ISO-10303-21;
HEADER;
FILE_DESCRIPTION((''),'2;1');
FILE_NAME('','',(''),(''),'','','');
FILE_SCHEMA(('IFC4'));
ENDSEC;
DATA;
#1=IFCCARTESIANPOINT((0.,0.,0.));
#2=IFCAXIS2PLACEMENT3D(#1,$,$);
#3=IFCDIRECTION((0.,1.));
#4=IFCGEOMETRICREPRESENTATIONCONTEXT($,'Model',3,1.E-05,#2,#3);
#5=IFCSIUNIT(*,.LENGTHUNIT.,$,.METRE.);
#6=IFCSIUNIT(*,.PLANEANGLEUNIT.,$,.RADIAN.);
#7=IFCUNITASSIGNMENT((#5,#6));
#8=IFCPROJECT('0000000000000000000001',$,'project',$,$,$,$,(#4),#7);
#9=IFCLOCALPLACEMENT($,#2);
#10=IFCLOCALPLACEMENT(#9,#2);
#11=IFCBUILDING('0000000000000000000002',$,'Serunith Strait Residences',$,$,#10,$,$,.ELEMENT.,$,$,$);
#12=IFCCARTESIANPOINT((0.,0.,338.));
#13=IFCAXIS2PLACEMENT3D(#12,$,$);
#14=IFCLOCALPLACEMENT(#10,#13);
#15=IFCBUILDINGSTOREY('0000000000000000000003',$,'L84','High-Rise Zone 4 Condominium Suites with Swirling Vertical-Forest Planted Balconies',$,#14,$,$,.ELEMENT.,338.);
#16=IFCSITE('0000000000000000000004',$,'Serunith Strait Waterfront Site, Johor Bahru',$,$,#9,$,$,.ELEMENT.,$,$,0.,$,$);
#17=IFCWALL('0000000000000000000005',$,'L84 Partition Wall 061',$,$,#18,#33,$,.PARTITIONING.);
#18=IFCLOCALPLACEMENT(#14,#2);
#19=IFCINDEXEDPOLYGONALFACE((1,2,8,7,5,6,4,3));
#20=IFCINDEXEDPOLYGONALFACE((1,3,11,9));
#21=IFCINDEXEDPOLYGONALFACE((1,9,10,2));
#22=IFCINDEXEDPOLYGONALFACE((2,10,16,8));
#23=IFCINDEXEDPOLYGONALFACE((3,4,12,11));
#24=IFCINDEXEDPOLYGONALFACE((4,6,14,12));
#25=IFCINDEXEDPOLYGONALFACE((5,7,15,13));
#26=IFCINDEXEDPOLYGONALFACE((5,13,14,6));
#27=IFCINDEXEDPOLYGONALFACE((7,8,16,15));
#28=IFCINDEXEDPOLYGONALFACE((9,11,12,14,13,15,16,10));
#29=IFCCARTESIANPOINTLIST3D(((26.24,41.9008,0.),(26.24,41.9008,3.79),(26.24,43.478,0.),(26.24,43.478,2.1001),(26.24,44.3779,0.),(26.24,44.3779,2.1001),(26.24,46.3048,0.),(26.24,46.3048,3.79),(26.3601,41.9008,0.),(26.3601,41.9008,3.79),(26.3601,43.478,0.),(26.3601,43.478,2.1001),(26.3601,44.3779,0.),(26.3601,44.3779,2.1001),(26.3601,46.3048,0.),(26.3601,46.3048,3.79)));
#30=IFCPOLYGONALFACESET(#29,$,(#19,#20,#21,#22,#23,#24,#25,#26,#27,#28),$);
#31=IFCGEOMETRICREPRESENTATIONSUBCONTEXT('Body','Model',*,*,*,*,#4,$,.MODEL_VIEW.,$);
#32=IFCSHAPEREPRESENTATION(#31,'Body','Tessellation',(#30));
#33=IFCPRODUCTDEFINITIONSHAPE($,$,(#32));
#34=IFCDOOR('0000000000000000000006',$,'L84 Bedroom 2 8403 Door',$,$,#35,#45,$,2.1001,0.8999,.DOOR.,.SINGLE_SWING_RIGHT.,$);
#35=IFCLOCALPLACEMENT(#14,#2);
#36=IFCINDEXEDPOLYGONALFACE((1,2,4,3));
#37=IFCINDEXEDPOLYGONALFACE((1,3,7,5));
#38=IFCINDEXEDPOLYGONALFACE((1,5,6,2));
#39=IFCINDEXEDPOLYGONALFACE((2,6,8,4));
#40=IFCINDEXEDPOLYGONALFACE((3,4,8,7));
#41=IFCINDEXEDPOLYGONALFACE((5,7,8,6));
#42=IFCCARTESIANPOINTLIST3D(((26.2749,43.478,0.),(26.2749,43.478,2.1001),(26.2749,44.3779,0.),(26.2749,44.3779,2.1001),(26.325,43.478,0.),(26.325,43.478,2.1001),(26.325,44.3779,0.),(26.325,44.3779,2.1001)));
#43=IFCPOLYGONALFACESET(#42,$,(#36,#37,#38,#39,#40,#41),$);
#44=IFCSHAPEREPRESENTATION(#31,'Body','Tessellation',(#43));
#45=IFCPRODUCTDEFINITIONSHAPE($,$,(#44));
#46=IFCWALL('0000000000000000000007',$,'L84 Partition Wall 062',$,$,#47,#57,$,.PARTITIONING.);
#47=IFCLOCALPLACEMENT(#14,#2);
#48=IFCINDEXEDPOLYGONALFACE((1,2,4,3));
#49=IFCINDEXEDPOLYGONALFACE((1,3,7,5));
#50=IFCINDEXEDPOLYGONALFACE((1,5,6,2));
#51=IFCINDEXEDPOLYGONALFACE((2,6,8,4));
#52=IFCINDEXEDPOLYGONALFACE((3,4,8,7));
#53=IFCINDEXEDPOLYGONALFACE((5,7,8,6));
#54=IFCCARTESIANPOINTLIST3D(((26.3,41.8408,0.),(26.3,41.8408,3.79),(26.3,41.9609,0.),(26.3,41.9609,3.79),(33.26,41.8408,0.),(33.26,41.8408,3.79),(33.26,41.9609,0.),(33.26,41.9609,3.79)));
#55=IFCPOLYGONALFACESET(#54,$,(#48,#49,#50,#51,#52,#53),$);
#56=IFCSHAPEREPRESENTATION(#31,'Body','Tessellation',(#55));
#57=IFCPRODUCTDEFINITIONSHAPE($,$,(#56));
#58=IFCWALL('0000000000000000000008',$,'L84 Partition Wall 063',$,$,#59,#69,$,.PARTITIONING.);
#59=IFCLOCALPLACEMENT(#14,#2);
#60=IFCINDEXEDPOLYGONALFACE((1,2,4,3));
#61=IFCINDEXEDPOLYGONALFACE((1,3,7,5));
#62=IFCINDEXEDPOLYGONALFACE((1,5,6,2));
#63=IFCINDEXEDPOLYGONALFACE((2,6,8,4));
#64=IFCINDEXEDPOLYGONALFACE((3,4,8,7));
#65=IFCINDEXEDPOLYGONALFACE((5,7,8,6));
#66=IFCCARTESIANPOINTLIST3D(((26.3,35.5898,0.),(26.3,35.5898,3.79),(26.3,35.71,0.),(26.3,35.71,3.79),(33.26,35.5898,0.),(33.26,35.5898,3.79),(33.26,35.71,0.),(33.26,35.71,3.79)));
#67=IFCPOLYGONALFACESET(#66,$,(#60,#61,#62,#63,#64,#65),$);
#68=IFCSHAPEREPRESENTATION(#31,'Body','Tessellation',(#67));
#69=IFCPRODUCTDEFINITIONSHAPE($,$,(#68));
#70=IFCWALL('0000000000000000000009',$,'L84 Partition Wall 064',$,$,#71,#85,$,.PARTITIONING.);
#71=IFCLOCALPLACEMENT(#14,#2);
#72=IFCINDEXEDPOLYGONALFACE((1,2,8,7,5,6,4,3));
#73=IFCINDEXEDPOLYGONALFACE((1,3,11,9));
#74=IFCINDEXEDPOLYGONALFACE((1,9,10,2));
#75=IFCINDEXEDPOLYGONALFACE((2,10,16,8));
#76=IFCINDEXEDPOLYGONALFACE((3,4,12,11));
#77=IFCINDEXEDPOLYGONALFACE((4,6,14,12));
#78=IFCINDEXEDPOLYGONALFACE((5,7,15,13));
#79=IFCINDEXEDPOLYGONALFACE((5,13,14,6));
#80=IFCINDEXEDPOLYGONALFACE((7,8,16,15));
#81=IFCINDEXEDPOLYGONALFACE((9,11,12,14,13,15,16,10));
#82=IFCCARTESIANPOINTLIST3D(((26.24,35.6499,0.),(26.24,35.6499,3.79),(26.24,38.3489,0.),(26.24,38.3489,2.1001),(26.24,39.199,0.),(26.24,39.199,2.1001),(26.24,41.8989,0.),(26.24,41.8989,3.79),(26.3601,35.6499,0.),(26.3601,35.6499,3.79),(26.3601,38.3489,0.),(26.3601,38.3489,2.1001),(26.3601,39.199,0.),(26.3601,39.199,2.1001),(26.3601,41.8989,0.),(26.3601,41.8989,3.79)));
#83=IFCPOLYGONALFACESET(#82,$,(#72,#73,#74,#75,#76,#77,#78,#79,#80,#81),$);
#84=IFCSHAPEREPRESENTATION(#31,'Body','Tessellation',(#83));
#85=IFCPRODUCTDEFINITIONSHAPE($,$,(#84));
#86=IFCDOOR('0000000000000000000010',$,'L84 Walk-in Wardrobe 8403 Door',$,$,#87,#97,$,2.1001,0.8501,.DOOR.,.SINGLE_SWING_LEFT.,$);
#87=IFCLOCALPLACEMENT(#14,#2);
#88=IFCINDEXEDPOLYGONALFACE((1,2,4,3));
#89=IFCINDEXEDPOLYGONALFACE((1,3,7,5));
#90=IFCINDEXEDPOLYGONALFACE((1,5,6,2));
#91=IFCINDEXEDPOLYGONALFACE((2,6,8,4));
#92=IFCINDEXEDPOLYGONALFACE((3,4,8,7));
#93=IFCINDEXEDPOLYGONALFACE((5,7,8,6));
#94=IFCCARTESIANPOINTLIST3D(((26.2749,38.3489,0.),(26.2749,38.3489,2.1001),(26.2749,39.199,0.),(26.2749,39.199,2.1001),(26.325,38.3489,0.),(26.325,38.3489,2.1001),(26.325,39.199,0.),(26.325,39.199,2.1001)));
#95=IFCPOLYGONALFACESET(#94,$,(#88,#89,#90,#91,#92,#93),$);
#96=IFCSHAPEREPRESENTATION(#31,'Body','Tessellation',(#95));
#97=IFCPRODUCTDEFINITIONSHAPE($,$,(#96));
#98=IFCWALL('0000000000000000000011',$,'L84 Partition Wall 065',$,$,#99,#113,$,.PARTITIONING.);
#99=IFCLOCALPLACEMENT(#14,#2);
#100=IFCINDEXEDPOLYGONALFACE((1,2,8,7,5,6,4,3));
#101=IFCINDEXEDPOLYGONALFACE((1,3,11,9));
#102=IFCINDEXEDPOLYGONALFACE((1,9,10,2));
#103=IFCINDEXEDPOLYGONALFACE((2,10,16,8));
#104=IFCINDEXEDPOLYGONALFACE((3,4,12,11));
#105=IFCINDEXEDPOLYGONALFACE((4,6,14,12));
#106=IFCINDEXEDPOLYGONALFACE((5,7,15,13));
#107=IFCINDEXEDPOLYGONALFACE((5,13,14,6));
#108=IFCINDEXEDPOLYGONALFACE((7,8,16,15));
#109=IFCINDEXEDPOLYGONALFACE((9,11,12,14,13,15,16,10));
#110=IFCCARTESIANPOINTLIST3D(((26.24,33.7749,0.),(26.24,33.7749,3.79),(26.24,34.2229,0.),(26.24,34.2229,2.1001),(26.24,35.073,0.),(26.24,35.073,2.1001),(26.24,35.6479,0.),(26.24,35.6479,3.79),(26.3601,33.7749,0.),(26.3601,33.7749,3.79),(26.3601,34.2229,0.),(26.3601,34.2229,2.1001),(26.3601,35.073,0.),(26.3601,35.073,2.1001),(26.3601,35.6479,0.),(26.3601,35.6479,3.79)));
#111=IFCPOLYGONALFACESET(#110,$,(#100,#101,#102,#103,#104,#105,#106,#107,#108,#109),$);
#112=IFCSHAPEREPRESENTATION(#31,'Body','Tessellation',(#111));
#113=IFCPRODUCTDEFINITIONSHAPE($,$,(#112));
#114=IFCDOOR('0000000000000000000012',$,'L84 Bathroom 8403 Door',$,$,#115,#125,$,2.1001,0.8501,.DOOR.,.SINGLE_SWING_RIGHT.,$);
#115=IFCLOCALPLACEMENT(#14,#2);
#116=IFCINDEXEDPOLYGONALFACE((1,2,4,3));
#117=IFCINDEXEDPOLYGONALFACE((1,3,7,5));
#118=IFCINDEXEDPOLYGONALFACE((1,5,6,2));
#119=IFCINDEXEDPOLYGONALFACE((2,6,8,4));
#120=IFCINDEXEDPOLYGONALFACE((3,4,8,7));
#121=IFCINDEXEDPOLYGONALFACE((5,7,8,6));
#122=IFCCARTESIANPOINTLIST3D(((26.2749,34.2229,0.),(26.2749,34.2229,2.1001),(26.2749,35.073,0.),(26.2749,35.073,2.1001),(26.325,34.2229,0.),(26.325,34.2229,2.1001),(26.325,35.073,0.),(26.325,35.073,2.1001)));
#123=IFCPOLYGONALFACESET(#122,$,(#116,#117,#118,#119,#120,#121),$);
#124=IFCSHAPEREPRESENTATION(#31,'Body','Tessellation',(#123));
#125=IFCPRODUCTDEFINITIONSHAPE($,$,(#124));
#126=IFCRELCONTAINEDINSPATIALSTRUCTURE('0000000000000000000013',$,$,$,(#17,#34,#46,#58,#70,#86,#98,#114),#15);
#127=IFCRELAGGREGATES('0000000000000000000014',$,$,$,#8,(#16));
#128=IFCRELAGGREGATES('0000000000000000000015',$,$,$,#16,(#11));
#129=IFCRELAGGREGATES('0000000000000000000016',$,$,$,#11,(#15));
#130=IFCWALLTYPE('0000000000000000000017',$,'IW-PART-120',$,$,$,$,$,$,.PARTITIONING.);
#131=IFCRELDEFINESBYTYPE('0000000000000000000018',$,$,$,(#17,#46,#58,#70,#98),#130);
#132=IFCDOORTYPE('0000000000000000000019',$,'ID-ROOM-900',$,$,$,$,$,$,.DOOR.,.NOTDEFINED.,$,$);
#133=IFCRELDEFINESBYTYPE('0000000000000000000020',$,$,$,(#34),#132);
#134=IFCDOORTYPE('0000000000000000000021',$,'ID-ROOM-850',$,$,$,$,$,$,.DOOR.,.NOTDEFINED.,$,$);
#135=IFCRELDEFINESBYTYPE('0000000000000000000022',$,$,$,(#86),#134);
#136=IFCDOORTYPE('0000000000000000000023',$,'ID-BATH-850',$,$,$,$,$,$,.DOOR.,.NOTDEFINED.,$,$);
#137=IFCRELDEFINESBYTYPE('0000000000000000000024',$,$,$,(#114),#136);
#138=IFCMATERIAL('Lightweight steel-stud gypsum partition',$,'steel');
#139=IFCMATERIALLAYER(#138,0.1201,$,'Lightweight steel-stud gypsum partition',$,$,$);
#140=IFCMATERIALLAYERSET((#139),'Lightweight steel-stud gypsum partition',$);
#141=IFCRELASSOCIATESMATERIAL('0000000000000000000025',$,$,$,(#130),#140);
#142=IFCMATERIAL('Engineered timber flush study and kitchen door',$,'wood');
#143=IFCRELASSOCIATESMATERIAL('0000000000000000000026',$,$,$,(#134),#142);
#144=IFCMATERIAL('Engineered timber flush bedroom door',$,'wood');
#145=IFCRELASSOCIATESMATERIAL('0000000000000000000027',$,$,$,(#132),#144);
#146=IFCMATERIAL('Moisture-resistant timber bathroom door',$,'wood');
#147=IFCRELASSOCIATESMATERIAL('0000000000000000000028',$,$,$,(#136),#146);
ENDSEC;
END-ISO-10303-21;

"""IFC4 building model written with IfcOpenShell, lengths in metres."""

from ifc_helpers import new_model, si_unit, direction, frame, frame_2d, origin, place, context, subcontext, project, spatial, rectangle, extrude, source, transform, mapped, material, layer, layer_set, type_object, element, fill, save


model = new_model("IFC4")

# Units and contexts
model_context = context("Model", 3, precision=1e-05, world=origin(), true_north=direction((0.0, 1.0)))
body_context = subcontext(model_context, "Body", "Model", "MODEL_VIEW")
ifc_project = project(units=[si_unit("LENGTHUNIT", "METRE"), si_unit("PLANEANGLEUNIT", "RADIAN")], contexts=[model_context])

# Site, building, storey
site_placement = place(None, origin())
site = spatial("IfcSite", under=ifc_project, at=site_placement, Name="Serunith Strait Waterfront Site, Johor Bahru", CompositionType="ELEMENT", RefElevation=0.0)
building_placement = place(site_placement, origin())
building = spatial("IfcBuilding", under=site, at=building_placement, Name="Serunith Strait Residences", CompositionType="ELEMENT")
storey_placement = place(building_placement, frame((0.0, 0.0, 338.0)))
storey = spatial("IfcBuildingStorey", under=building, at=storey_placement, Name="L84", Description="High-Rise Zone 4 Condominium Suites with Swirling Vertical-Forest Planted Balconies", CompositionType="ELEMENT", Elevation=338.0)

# Shared definitions
ifc_material_1 = material(Name="Lightweight steel-stud gypsum partition", Category="steel")
ifc_layer_1 = layer(ifc_material_1, 0.1201, Name="Lightweight steel-stud gypsum partition")
ifc_layer_set_1 = layer_set([ifc_layer_1], Name="Lightweight steel-stud gypsum partition")
wall_type = type_object("IfcWallType", Name="IW-PART-120", PredefinedType="PARTITIONING", material=ifc_layer_set_1)
ifc_material_2 = material(Name="Engineered timber flush study and kitchen door", Category="wood")
door_type_1 = type_object("IfcDoorType", Name="ID-ROOM-850", OperationType="NOTDEFINED", PredefinedType="DOOR", material=ifc_material_2)
shared_shape_1 = source(origin(), body_context, "Body", "SweptSolid", [
    extrude(rectangle(XDim=0.8501, YDim=2.1001, at=frame_2d((0.425, 1.05))), frame((0.0, 0.0249, 0.0), z_axis=(0.0, -1.0, 0.0), x_axis=(1.0, 0.0, 0.0)), (0.0, 0.0, 1.0), 0.05),
])

# Wall, opening, door
ifc_material_3 = material(Name="Engineered timber flush bedroom door", Category="wood")
door_type_2 = type_object("IfcDoorType", Name="ID-ROOM-900", OperationType="NOTDEFINED", PredefinedType="DOOR", material=ifc_material_3)
shared_shape_2 = source(origin(), body_context, "Body", "SweptSolid", [
    extrude(rectangle(XDim=0.8999, YDim=2.1001, at=frame_2d((0.45, 1.05))), frame((0.0, 0.0249, 0.0), z_axis=(0.0, -1.0, 0.0), x_axis=(1.0, 0.0, 0.0)), (0.0, 0.0, 1.0), 0.05),
])
wall_1_placement = place(storey_placement, frame((26.3, 46.3049, 0.0), z_axis=(0.0, 0.0, 1.0), x_axis=(0.0, -1.0, 0.0)))
wall_1 = element("IfcWall", 1, at=wall_1_placement, inside=storey, type_object=wall_type, Name="L84 Partition Wall 061", PredefinedType="PARTITIONING", context=body_context, shape_type="SweptSolid", body=[
    extrude(rectangle(XDim=4.4041, YDim=0.1201, at=frame_2d((2.2021, 0.0))), origin(), (0.0, 0.0, 1.0), 3.79),
])
opening_1_placement = place(wall_1_placement, frame((1.927, 0.0, 0.0)))
opening_1 = element("IfcOpeningElement", 2, at=opening_1_placement, cuts=wall_1, PredefinedType="OPENING", context=body_context, shape_type="SweptSolid", body=[
    extrude(rectangle(XDim=0.8999, YDim=2.1001, at=frame_2d((0.45, 1.05))), frame((0.0, 0.0701, 0.0), z_axis=(0.0, -1.0, 0.0), x_axis=(1.0, 0.0, 0.0)), (0.0, 0.0, 1.0), 0.1401),
])
door_1_placement = place(opening_1_placement, origin())
door_1 = element("IfcDoor", 3, at=door_1_placement, inside=storey, type_object=door_type_2, Name="L84 Bedroom 2 8403 Door", OperationType="SINGLE_SWING_RIGHT", OverallHeight=2.1001, OverallWidth=0.8999, PredefinedType="DOOR", context=body_context, shape_type="MappedRepresentation", body=[
    mapped(shared_shape_2, transform((0.0, 0.0, 0.0), scale=1.0)),
])
fill(opening_1, door_1)

# Walls
for number, where, z_axis, x_axis, name in (
    (4, (26.3, 41.9009, 0.0), (0.0, 0.0, 1.0), (1.0, 0.0, 0.0), "L84 Partition Wall 062"),
    (5, (26.3, 35.6499, 0.0), (0.0, 0.0, 1.0), (1.0, 0.0, 0.0), "L84 Partition Wall 063"),
):
    element("IfcWall", number, at=place(storey_placement, frame(where, z_axis=z_axis, x_axis=x_axis)), inside=storey, type_object=wall_type, Name=name, PredefinedType="PARTITIONING", context=body_context, shape_type="SweptSolid", body=[
        extrude(rectangle(XDim=6.96, YDim=0.1201, at=frame_2d((3.48, 0.0))), origin(), (0.0, 0.0, 1.0), 3.79),
    ])

# Walls, openings, doors
wall_2_placement = place(storey_placement, frame((26.3, 41.8989, 0.0), z_axis=(0.0, 0.0, 1.0), x_axis=(0.0, -1.0, 0.0)))
wall_2 = element("IfcWall", 6, at=wall_2_placement, inside=storey, type_object=wall_type, Name="L84 Partition Wall 064", PredefinedType="PARTITIONING", context=body_context, shape_type="SweptSolid", body=[
    extrude(rectangle(XDim=6.249, YDim=0.1201, at=frame_2d((3.1245, 0.0))), origin(), (0.0, 0.0, 1.0), 3.79),
])
opening_2_placement = place(wall_2_placement, frame((2.7, 0.0, 0.0)))
opening_2 = element("IfcOpeningElement", 7, at=opening_2_placement, cuts=wall_2, PredefinedType="OPENING", context=body_context, shape_type="SweptSolid", body=[
    extrude(rectangle(XDim=0.8501, YDim=2.1001, at=frame_2d((0.425, 1.05))), frame((0.0, 0.0701, 0.0), z_axis=(0.0, -1.0, 0.0), x_axis=(1.0, 0.0, 0.0)), (0.0, 0.0, 1.0), 0.1401),
])
door_2_placement = place(opening_2_placement, origin())
door_2 = element("IfcDoor", 8, at=door_2_placement, inside=storey, type_object=door_type_1, Name="L84 Walk-in Wardrobe 8403 Door", OperationType="SINGLE_SWING_LEFT", OverallHeight=2.1001, OverallWidth=0.8501, PredefinedType="DOOR", context=body_context, shape_type="MappedRepresentation", body=[
    mapped(shared_shape_1, transform((0.0, 0.0, 0.0), scale=1.0)),
])
fill(opening_2, door_2)
wall_3_placement = place(storey_placement, frame((26.3, 35.6479, 0.0), z_axis=(0.0, 0.0, 1.0), x_axis=(0.0, -1.0, 0.0)))
wall_3 = element("IfcWall", 9, at=wall_3_placement, inside=storey, type_object=wall_type, Name="L84 Partition Wall 065", PredefinedType="PARTITIONING", context=body_context, shape_type="SweptSolid", body=[
    extrude(rectangle(XDim=1.873, YDim=0.1201, at=frame_2d((0.9365, 0.0))), origin(), (0.0, 0.0, 1.0), 3.79),
])
opening_3_placement = place(wall_3_placement, frame((0.575, 0.0, 0.0)))
opening_3 = element("IfcOpeningElement", 10, at=opening_3_placement, cuts=wall_3, PredefinedType="OPENING", context=body_context, shape_type="SweptSolid", body=[
    extrude(rectangle(XDim=0.8501, YDim=2.1001, at=frame_2d((0.425, 1.05))), frame((0.0, 0.0701, 0.0), z_axis=(0.0, -1.0, 0.0), x_axis=(1.0, 0.0, 0.0)), (0.0, 0.0, 1.0), 0.1401),
])
ifc_material_4 = material(Name="Moisture-resistant timber bathroom door", Category="wood")
door_type_3 = type_object("IfcDoorType", Name="ID-BATH-850", OperationType="NOTDEFINED", PredefinedType="DOOR", material=ifc_material_4)
door_3_placement = place(opening_3_placement, origin())
door_3 = element("IfcDoor", 11, at=door_3_placement, inside=storey, type_object=door_type_3, Name="L84 Bathroom 8403 Door", OperationType="SINGLE_SWING_RIGHT", OverallHeight=2.1001, OverallWidth=0.8501, PredefinedType="DOOR", context=body_context, shape_type="MappedRepresentation", body=[
    mapped(shared_shape_1, transform((0.0, 0.0, 0.0), scale=1.0)),
])
fill(opening_3, door_3)

save(model, "model.ifc")
